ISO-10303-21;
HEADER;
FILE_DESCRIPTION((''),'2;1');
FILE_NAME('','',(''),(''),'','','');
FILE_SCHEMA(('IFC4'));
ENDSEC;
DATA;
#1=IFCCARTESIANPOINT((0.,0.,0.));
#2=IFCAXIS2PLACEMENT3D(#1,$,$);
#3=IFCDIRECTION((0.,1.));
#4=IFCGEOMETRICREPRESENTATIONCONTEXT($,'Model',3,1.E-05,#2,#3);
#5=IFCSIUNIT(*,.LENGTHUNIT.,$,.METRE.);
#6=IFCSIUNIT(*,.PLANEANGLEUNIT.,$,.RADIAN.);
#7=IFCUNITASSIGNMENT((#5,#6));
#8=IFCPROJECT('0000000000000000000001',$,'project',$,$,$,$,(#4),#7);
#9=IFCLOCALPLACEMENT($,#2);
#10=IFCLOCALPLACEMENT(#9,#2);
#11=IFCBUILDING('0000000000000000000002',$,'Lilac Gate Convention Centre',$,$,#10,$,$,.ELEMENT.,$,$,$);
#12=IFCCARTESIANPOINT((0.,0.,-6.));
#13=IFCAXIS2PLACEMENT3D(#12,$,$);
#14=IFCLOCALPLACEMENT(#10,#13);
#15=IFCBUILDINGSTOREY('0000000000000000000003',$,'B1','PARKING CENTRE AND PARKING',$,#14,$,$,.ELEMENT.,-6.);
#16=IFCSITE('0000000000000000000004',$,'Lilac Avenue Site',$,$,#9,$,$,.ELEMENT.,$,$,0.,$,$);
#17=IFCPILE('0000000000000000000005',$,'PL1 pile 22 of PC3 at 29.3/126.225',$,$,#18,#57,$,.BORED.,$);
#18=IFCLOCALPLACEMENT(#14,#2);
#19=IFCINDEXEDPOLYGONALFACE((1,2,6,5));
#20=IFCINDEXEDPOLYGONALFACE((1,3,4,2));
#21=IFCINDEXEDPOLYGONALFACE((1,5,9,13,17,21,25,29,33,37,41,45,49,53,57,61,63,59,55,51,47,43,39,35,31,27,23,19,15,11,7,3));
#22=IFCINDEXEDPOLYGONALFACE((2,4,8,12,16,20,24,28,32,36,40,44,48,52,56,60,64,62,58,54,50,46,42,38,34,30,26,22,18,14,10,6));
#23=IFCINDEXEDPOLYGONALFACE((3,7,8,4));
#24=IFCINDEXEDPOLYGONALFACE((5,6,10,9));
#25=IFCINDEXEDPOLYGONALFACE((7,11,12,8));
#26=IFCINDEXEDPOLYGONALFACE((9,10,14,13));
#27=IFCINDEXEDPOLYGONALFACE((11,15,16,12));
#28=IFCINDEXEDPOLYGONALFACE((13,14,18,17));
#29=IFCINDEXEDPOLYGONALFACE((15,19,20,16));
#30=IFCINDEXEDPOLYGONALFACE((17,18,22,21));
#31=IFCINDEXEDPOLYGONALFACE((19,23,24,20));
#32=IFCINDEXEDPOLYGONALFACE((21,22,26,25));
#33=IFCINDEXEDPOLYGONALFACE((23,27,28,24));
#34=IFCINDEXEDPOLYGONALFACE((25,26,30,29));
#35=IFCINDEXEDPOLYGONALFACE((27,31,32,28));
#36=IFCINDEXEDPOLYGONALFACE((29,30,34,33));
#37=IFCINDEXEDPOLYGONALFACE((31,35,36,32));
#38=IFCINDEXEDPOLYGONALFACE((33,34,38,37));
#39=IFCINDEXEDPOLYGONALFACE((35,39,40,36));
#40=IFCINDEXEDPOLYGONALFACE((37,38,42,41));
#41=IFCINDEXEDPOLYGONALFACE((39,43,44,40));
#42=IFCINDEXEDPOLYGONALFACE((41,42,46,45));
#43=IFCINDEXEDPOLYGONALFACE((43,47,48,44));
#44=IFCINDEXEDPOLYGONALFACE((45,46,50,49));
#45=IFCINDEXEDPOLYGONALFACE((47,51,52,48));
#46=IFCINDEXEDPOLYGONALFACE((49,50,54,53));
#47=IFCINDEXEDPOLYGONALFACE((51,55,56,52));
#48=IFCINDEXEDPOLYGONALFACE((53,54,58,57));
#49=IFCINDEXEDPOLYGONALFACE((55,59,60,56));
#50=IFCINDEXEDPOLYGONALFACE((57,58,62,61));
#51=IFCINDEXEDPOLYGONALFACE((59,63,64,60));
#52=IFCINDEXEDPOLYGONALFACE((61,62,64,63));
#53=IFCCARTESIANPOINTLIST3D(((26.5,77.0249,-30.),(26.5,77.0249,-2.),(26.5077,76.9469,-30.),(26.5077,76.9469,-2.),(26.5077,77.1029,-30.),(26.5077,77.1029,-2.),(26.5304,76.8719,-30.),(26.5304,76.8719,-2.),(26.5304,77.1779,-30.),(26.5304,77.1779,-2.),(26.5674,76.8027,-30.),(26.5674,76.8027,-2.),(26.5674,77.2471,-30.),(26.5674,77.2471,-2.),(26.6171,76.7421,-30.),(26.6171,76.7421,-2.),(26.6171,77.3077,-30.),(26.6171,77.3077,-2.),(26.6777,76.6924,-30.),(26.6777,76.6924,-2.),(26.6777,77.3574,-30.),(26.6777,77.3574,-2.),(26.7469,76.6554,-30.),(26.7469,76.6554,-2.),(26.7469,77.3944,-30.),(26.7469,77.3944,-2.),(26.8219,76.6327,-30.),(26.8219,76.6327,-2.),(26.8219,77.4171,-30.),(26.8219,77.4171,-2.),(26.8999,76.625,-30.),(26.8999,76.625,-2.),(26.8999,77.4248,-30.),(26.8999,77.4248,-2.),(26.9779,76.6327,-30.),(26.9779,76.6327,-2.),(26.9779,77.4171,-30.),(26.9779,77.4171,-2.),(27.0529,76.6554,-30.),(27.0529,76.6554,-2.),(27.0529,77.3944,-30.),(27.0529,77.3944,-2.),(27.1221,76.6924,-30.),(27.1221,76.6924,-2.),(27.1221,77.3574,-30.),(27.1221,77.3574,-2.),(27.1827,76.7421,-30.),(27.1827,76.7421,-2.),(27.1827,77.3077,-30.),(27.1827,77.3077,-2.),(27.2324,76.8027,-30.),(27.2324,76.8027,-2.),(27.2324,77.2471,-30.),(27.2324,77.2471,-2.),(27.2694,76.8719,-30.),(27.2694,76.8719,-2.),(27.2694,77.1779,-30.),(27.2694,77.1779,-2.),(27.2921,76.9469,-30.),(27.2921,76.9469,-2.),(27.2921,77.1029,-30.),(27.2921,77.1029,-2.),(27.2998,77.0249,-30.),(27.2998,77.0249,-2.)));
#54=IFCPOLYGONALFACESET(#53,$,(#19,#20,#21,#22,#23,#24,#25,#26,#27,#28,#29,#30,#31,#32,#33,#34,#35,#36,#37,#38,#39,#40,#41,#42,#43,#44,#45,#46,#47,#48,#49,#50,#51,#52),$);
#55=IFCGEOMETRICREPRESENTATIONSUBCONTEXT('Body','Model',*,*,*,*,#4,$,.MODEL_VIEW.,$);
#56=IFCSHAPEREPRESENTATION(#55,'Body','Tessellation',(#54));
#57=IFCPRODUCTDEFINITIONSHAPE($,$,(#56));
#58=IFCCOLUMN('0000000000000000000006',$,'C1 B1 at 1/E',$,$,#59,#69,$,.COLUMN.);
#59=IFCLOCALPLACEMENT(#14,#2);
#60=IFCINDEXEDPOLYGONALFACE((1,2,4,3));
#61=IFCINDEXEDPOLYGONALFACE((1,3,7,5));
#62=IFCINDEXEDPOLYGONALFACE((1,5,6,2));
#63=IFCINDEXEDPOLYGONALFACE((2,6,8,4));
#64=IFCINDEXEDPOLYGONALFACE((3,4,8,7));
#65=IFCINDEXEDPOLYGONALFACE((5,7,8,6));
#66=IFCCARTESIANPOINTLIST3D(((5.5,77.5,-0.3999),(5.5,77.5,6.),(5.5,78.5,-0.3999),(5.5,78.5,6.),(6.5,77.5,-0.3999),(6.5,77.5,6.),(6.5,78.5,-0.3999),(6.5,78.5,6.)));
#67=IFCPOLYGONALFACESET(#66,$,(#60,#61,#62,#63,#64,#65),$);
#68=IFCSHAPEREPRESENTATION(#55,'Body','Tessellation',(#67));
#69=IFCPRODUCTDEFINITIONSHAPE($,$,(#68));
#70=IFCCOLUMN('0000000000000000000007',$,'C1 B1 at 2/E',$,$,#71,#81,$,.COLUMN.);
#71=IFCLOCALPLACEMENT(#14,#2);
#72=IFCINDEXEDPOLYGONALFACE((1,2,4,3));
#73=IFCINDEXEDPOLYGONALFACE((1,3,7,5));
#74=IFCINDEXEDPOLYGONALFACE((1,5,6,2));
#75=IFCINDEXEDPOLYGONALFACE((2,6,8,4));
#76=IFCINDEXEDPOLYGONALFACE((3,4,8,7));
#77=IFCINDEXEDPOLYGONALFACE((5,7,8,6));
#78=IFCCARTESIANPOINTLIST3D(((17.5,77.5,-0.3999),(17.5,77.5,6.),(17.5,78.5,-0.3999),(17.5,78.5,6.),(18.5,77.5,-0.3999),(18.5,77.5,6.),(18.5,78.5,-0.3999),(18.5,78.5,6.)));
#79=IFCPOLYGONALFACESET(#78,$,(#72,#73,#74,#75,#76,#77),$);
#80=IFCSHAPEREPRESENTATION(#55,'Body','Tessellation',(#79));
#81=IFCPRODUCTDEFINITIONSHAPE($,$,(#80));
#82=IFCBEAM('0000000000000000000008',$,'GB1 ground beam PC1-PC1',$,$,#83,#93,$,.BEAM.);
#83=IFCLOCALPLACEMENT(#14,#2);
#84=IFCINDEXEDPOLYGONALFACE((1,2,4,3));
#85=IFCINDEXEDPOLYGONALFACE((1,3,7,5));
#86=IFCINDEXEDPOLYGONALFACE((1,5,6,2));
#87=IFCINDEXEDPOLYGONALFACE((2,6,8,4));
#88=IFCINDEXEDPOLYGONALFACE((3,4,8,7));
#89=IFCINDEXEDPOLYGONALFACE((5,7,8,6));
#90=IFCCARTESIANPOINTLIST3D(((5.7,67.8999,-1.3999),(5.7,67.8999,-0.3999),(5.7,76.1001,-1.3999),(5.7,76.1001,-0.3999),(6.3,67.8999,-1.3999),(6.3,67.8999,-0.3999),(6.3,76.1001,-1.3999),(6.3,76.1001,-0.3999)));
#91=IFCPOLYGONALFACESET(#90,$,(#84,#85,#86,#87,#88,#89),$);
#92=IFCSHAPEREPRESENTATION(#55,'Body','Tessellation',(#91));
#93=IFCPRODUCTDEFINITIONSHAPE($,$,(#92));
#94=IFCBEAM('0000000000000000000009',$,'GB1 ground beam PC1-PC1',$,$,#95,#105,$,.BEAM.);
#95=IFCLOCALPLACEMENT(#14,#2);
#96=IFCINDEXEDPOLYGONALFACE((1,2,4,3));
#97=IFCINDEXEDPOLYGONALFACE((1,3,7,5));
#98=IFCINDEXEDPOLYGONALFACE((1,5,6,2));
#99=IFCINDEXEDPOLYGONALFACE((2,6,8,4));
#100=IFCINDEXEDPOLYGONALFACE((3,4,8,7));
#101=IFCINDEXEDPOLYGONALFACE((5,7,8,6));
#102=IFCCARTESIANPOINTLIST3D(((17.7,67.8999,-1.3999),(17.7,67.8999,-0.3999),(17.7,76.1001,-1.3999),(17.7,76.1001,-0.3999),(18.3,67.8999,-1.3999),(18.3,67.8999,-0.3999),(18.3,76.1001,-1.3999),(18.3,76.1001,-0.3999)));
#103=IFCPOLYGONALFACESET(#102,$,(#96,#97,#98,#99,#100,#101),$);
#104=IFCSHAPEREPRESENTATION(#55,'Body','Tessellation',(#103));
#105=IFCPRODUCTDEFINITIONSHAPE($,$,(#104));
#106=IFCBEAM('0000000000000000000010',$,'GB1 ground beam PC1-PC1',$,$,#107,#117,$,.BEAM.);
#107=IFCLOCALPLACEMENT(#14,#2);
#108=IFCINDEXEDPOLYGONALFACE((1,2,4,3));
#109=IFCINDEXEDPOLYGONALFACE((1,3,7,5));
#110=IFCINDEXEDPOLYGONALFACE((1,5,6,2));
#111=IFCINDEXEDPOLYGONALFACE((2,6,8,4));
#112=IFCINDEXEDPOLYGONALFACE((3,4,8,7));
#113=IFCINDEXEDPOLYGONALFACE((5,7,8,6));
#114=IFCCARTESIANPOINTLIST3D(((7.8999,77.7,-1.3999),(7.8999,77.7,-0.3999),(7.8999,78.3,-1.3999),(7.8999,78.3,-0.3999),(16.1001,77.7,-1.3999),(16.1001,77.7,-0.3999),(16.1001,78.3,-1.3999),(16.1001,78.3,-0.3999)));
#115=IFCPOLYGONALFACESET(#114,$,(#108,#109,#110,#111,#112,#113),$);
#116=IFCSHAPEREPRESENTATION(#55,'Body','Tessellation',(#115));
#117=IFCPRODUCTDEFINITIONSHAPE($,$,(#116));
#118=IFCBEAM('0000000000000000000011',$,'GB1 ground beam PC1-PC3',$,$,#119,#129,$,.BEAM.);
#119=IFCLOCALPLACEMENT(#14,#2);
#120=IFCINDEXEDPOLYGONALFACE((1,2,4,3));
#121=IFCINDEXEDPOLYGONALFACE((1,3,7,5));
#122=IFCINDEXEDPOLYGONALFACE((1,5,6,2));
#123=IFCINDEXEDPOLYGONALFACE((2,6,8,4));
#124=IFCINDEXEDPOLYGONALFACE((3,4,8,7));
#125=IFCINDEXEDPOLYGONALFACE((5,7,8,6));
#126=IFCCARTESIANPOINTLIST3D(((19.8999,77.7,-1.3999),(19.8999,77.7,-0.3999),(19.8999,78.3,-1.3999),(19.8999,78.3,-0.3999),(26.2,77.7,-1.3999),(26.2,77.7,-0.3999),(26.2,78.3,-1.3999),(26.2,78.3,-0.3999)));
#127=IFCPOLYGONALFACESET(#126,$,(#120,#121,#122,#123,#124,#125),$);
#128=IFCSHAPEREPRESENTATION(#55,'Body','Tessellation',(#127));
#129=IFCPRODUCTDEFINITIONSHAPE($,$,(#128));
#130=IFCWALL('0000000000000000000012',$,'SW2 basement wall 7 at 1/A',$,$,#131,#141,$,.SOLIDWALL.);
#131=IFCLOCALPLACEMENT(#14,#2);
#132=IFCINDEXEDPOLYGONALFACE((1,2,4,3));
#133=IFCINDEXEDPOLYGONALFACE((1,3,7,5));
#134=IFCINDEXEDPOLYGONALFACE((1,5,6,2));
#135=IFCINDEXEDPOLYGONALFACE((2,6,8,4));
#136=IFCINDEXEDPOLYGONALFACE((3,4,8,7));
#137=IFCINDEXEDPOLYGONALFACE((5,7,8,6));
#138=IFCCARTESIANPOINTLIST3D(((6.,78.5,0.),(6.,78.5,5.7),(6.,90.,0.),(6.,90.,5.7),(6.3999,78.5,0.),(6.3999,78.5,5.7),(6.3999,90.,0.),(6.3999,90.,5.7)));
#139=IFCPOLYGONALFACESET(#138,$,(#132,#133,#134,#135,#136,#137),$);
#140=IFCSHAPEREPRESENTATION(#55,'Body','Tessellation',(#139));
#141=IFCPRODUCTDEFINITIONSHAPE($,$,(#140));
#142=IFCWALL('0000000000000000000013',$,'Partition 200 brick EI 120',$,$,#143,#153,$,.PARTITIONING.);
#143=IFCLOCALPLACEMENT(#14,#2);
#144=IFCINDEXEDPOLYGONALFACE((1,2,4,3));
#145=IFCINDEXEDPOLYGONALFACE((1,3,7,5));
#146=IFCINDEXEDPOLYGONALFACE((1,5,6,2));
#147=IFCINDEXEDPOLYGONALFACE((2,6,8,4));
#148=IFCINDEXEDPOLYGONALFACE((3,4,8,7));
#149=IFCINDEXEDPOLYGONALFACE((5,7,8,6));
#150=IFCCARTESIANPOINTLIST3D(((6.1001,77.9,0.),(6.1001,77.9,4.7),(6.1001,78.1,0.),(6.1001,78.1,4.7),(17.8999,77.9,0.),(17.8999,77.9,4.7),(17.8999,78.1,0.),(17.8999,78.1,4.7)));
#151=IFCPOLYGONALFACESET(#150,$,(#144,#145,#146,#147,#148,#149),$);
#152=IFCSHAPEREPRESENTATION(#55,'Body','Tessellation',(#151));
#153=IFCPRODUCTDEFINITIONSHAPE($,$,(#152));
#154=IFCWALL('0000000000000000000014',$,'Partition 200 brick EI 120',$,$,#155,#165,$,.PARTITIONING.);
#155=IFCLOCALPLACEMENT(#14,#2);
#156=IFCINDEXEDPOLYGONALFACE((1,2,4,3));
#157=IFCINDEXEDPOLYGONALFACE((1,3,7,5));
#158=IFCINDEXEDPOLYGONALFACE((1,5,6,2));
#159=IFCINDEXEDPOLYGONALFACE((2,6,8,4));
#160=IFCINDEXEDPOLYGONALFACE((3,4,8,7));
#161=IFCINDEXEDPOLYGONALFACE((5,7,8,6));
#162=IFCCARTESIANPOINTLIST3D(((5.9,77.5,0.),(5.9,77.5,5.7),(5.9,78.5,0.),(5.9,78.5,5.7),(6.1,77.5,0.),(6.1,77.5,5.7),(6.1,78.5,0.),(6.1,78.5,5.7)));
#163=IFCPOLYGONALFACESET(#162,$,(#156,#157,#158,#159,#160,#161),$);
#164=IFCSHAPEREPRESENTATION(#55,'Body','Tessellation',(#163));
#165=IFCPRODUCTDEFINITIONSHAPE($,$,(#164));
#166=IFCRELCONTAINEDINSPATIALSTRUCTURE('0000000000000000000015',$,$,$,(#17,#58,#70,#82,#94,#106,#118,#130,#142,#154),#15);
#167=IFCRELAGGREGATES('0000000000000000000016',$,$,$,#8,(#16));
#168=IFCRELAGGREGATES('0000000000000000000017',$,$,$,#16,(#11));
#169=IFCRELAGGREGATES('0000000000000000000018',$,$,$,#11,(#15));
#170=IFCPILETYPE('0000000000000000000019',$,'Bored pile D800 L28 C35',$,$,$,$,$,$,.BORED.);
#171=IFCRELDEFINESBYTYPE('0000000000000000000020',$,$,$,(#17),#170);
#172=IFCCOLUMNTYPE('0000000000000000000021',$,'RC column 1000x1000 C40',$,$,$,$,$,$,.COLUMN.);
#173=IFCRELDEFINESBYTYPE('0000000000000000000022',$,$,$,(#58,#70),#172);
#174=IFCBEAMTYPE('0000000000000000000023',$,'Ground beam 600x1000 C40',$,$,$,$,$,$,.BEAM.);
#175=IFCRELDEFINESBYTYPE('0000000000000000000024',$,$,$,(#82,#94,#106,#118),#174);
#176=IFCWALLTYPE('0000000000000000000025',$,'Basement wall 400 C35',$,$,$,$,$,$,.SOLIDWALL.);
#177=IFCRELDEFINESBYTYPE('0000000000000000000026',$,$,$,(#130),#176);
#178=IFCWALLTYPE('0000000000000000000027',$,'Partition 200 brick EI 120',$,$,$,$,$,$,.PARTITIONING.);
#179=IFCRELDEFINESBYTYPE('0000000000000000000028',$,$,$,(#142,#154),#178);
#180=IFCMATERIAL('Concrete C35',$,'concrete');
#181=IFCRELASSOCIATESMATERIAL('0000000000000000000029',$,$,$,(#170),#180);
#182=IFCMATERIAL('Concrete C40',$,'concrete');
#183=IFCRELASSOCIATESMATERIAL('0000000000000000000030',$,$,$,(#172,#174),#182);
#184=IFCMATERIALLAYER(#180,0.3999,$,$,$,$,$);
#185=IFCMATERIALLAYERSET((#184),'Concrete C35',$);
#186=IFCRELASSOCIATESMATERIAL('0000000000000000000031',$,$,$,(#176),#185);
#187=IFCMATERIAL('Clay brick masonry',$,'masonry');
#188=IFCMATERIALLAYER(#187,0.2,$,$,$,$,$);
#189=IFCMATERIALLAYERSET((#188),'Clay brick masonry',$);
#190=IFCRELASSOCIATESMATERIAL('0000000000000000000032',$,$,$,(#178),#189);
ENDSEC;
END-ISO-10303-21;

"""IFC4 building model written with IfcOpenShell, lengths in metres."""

from ifc_helpers import new_model, si_unit, direction, frame, frame_2d, origin, origin_2d, place, context, subcontext, project, spatial, rectangle, circle, extrude, material, layer, layer_set, material_profile, profile_set, type_object, element, save


model = new_model("IFC4")

# Units and contexts
model_context = context("Model", 3, precision=1e-05, world=origin(), true_north=direction((0.0, 1.0)))
body_context = subcontext(model_context, "Body", "Model", "MODEL_VIEW")
ifc_project = project(units=[si_unit("LENGTHUNIT", "METRE"), si_unit("PLANEANGLEUNIT", "RADIAN")], contexts=[model_context])

# Site, building, storey
site_placement = place(None, origin())
site = spatial("IfcSite", under=ifc_project, at=site_placement, Name="Lilac Avenue Site", CompositionType="ELEMENT", RefElevation=0.0)
building_placement = place(site_placement, origin())
building = spatial("IfcBuilding", under=site, at=building_placement, Name="Lilac Gate Convention Centre", CompositionType="ELEMENT")
storey_placement = place(building_placement, frame((0.0, 0.0, -6.0)))
storey = spatial("IfcBuildingStorey", under=building, at=storey_placement, Name="B1", Description="PARKING CENTRE AND PARKING", CompositionType="ELEMENT", Elevation=-6.0)

# Pile
ifc_material_1 = material(Name="Concrete C35", Category="concrete")
ifc_material_profile_1 = material_profile(ifc_material_1, circle(Radius=0.3999, at=origin_2d()), Name="D800")
ifc_profile_set_1 = profile_set([ifc_material_profile_1], Name="Concrete C35")
pile_type = type_object("IfcPileType", Name="Bored pile D800 L28 C35", PredefinedType="BORED", material=ifc_profile_set_1)
for number, where, z_axis, x_axis, name in (
    (1, (26.8999, 77.0249, -2.0), (0.0, 0.0, -1.0), (1.0, 0.0, 0.0), "PL1 pile 22 of PC3 at 29.3/126.225"),
):
    element("IfcPile", number, at=place(storey_placement, frame(where, z_axis=z_axis, x_axis=x_axis)), inside=storey, type_object=pile_type, Name=name, PredefinedType="BORED", context=body_context, shape_type="SweptSolid", body=[
        extrude(circle(Radius=0.3999, at=origin_2d()), origin(), (0.0, 0.0, 1.0), 28.0),
    ])

# Columns
ifc_material_2 = material(Name="Concrete C40", Category="concrete")
ifc_material_profile_2 = material_profile(ifc_material_2, rectangle(XDim=1.0, YDim=1.0, at=origin_2d()), Name="RC 1000x1000")
ifc_profile_set_2 = profile_set([ifc_material_profile_2], Name="Concrete C40")
column_type = type_object("IfcColumnType", Name="RC column 1000x1000 C40", PredefinedType="COLUMN", material=ifc_profile_set_2)
for number, where, z_axis, x_axis, name in (
    (2, (6.0, 78.0, -0.3999), (0.0, 0.0, 1.0), (1.0, 0.0, 0.0), "C1 B1 at 1/E"),
    (3, (18.0, 78.0, -0.3999), (0.0, 0.0, 1.0), (1.0, 0.0, 0.0), "C1 B1 at 2/E"),
):
    element("IfcColumn", number, at=place(storey_placement, frame(where, z_axis=z_axis, x_axis=x_axis)), inside=storey, type_object=column_type, Name=name, PredefinedType="COLUMN", context=body_context, shape_type="SweptSolid", body=[
        extrude(rectangle(XDim=1.0, YDim=1.0, at=origin_2d()), origin(), (0.0, 0.0, 1.0), 6.3999),
    ])

# Beams
ifc_material_profile_3 = material_profile(ifc_material_2, rectangle(XDim=0.6001, YDim=1.0, at=origin_2d()), Name="RC 600x1000")
ifc_profile_set_3 = profile_set([ifc_material_profile_3], Name="Concrete C40")
beam_type = type_object("IfcBeamType", Name="Ground beam 600x1000 C40", PredefinedType="BEAM", material=ifc_profile_set_3)
for number, where, z_axis, x_axis, name in (
    (4, (6.0, 67.8999, -0.8999), (0.0, 1.0, 0.0), (-1.0, 0.0, 0.0), "GB1 ground beam PC1-PC1"),
    (5, (18.0, 67.8999, -0.8999), (0.0, 1.0, 0.0), (-1.0, 0.0, 0.0), "GB1 ground beam PC1-PC1"),
    (6, (7.8999, 78.0, -0.8999), (1.0, 0.0, 0.0), (0.0, 1.0, 0.0), "GB1 ground beam PC1-PC1"),
):
    element("IfcBeam", number, at=place(storey_placement, frame(where, z_axis=z_axis, x_axis=x_axis)), inside=storey, type_object=beam_type, Name=name, PredefinedType="BEAM", context=body_context, shape_type="SweptSolid", body=[
        extrude(rectangle(XDim=0.6001, YDim=1.0, at=origin_2d()), origin(), (0.0, 0.0, 1.0), 8.2002),
    ])
beam_placement = place(storey_placement, frame((19.8999, 78.0, -0.8999), z_axis=(1.0, 0.0, 0.0), x_axis=(0.0, 1.0, 0.0)))
element("IfcBeam", 7, at=beam_placement, inside=storey, type_object=beam_type, Name="GB1 ground beam PC1-PC3", PredefinedType="BEAM", context=body_context, shape_type="SweptSolid", body=[
    extrude(rectangle(XDim=0.6001, YDim=1.0, at=origin_2d()), origin(), (0.0, 0.0, 1.0), 6.3),
])

# Walls
ifc_layer_1 = layer(ifc_material_1, 0.3999)
ifc_layer_set_1 = layer_set([ifc_layer_1], Name="Concrete C35")
wall_type_1 = type_object("IfcWallType", Name="Basement wall 400 C35", PredefinedType="SOLIDWALL", material=ifc_layer_set_1)
wall_1_placement = place(storey_placement, frame((6.2, 78.5, 0.0), z_axis=(0.0, 0.0, 1.0), x_axis=(0.0, 1.0, 0.0)))
element("IfcWall", 8, at=wall_1_placement, inside=storey, type_object=wall_type_1, Name="SW2 basement wall 7 at 1/A", PredefinedType="SOLIDWALL", context=body_context, shape_type="SweptSolid", body=[
    extrude(rectangle(XDim=11.5, YDim=0.3999, at=frame_2d((5.75, 0.0))), origin(), (0.0, 0.0, 1.0), 5.7),
])
ifc_material_3 = material(Name="Clay brick masonry", Category="masonry")
ifc_layer_2 = layer(ifc_material_3, 0.2)
ifc_layer_set_2 = layer_set([ifc_layer_2], Name="Clay brick masonry")
wall_type_2 = type_object("IfcWallType", Name="Partition 200 brick EI 120", PredefinedType="PARTITIONING", material=ifc_layer_set_2)
wall_2_placement = place(storey_placement, frame((6.1001, 78.0, 0.0), z_axis=(0.0, 0.0, 1.0), x_axis=(1.0, 0.0, 0.0)))
element("IfcWall", 9, at=wall_2_placement, inside=storey, type_object=wall_type_2, Name="Partition 200 brick EI 120", PredefinedType="PARTITIONING", context=body_context, shape_type="SweptSolid", body=[
    extrude(rectangle(XDim=11.7998, YDim=0.2, at=frame_2d((5.8999, 0.0))), origin(), (0.0, 0.0, 1.0), 4.7),
])
wall_3_placement = place(storey_placement, frame((6.0, 77.5, 0.0), z_axis=(0.0, 0.0, 1.0), x_axis=(0.0, 1.0, 0.0)))
element("IfcWall", 10, at=wall_3_placement, inside=storey, type_object=wall_type_2, Name="Partition 200 brick EI 120", PredefinedType="PARTITIONING", context=body_context, shape_type="SweptSolid", body=[
    extrude(rectangle(XDim=1.0, YDim=0.2, at=frame_2d((0.5, 0.0))), origin(), (0.0, 0.0, 1.0), 5.7),
])

save(model, "model.ifc")
